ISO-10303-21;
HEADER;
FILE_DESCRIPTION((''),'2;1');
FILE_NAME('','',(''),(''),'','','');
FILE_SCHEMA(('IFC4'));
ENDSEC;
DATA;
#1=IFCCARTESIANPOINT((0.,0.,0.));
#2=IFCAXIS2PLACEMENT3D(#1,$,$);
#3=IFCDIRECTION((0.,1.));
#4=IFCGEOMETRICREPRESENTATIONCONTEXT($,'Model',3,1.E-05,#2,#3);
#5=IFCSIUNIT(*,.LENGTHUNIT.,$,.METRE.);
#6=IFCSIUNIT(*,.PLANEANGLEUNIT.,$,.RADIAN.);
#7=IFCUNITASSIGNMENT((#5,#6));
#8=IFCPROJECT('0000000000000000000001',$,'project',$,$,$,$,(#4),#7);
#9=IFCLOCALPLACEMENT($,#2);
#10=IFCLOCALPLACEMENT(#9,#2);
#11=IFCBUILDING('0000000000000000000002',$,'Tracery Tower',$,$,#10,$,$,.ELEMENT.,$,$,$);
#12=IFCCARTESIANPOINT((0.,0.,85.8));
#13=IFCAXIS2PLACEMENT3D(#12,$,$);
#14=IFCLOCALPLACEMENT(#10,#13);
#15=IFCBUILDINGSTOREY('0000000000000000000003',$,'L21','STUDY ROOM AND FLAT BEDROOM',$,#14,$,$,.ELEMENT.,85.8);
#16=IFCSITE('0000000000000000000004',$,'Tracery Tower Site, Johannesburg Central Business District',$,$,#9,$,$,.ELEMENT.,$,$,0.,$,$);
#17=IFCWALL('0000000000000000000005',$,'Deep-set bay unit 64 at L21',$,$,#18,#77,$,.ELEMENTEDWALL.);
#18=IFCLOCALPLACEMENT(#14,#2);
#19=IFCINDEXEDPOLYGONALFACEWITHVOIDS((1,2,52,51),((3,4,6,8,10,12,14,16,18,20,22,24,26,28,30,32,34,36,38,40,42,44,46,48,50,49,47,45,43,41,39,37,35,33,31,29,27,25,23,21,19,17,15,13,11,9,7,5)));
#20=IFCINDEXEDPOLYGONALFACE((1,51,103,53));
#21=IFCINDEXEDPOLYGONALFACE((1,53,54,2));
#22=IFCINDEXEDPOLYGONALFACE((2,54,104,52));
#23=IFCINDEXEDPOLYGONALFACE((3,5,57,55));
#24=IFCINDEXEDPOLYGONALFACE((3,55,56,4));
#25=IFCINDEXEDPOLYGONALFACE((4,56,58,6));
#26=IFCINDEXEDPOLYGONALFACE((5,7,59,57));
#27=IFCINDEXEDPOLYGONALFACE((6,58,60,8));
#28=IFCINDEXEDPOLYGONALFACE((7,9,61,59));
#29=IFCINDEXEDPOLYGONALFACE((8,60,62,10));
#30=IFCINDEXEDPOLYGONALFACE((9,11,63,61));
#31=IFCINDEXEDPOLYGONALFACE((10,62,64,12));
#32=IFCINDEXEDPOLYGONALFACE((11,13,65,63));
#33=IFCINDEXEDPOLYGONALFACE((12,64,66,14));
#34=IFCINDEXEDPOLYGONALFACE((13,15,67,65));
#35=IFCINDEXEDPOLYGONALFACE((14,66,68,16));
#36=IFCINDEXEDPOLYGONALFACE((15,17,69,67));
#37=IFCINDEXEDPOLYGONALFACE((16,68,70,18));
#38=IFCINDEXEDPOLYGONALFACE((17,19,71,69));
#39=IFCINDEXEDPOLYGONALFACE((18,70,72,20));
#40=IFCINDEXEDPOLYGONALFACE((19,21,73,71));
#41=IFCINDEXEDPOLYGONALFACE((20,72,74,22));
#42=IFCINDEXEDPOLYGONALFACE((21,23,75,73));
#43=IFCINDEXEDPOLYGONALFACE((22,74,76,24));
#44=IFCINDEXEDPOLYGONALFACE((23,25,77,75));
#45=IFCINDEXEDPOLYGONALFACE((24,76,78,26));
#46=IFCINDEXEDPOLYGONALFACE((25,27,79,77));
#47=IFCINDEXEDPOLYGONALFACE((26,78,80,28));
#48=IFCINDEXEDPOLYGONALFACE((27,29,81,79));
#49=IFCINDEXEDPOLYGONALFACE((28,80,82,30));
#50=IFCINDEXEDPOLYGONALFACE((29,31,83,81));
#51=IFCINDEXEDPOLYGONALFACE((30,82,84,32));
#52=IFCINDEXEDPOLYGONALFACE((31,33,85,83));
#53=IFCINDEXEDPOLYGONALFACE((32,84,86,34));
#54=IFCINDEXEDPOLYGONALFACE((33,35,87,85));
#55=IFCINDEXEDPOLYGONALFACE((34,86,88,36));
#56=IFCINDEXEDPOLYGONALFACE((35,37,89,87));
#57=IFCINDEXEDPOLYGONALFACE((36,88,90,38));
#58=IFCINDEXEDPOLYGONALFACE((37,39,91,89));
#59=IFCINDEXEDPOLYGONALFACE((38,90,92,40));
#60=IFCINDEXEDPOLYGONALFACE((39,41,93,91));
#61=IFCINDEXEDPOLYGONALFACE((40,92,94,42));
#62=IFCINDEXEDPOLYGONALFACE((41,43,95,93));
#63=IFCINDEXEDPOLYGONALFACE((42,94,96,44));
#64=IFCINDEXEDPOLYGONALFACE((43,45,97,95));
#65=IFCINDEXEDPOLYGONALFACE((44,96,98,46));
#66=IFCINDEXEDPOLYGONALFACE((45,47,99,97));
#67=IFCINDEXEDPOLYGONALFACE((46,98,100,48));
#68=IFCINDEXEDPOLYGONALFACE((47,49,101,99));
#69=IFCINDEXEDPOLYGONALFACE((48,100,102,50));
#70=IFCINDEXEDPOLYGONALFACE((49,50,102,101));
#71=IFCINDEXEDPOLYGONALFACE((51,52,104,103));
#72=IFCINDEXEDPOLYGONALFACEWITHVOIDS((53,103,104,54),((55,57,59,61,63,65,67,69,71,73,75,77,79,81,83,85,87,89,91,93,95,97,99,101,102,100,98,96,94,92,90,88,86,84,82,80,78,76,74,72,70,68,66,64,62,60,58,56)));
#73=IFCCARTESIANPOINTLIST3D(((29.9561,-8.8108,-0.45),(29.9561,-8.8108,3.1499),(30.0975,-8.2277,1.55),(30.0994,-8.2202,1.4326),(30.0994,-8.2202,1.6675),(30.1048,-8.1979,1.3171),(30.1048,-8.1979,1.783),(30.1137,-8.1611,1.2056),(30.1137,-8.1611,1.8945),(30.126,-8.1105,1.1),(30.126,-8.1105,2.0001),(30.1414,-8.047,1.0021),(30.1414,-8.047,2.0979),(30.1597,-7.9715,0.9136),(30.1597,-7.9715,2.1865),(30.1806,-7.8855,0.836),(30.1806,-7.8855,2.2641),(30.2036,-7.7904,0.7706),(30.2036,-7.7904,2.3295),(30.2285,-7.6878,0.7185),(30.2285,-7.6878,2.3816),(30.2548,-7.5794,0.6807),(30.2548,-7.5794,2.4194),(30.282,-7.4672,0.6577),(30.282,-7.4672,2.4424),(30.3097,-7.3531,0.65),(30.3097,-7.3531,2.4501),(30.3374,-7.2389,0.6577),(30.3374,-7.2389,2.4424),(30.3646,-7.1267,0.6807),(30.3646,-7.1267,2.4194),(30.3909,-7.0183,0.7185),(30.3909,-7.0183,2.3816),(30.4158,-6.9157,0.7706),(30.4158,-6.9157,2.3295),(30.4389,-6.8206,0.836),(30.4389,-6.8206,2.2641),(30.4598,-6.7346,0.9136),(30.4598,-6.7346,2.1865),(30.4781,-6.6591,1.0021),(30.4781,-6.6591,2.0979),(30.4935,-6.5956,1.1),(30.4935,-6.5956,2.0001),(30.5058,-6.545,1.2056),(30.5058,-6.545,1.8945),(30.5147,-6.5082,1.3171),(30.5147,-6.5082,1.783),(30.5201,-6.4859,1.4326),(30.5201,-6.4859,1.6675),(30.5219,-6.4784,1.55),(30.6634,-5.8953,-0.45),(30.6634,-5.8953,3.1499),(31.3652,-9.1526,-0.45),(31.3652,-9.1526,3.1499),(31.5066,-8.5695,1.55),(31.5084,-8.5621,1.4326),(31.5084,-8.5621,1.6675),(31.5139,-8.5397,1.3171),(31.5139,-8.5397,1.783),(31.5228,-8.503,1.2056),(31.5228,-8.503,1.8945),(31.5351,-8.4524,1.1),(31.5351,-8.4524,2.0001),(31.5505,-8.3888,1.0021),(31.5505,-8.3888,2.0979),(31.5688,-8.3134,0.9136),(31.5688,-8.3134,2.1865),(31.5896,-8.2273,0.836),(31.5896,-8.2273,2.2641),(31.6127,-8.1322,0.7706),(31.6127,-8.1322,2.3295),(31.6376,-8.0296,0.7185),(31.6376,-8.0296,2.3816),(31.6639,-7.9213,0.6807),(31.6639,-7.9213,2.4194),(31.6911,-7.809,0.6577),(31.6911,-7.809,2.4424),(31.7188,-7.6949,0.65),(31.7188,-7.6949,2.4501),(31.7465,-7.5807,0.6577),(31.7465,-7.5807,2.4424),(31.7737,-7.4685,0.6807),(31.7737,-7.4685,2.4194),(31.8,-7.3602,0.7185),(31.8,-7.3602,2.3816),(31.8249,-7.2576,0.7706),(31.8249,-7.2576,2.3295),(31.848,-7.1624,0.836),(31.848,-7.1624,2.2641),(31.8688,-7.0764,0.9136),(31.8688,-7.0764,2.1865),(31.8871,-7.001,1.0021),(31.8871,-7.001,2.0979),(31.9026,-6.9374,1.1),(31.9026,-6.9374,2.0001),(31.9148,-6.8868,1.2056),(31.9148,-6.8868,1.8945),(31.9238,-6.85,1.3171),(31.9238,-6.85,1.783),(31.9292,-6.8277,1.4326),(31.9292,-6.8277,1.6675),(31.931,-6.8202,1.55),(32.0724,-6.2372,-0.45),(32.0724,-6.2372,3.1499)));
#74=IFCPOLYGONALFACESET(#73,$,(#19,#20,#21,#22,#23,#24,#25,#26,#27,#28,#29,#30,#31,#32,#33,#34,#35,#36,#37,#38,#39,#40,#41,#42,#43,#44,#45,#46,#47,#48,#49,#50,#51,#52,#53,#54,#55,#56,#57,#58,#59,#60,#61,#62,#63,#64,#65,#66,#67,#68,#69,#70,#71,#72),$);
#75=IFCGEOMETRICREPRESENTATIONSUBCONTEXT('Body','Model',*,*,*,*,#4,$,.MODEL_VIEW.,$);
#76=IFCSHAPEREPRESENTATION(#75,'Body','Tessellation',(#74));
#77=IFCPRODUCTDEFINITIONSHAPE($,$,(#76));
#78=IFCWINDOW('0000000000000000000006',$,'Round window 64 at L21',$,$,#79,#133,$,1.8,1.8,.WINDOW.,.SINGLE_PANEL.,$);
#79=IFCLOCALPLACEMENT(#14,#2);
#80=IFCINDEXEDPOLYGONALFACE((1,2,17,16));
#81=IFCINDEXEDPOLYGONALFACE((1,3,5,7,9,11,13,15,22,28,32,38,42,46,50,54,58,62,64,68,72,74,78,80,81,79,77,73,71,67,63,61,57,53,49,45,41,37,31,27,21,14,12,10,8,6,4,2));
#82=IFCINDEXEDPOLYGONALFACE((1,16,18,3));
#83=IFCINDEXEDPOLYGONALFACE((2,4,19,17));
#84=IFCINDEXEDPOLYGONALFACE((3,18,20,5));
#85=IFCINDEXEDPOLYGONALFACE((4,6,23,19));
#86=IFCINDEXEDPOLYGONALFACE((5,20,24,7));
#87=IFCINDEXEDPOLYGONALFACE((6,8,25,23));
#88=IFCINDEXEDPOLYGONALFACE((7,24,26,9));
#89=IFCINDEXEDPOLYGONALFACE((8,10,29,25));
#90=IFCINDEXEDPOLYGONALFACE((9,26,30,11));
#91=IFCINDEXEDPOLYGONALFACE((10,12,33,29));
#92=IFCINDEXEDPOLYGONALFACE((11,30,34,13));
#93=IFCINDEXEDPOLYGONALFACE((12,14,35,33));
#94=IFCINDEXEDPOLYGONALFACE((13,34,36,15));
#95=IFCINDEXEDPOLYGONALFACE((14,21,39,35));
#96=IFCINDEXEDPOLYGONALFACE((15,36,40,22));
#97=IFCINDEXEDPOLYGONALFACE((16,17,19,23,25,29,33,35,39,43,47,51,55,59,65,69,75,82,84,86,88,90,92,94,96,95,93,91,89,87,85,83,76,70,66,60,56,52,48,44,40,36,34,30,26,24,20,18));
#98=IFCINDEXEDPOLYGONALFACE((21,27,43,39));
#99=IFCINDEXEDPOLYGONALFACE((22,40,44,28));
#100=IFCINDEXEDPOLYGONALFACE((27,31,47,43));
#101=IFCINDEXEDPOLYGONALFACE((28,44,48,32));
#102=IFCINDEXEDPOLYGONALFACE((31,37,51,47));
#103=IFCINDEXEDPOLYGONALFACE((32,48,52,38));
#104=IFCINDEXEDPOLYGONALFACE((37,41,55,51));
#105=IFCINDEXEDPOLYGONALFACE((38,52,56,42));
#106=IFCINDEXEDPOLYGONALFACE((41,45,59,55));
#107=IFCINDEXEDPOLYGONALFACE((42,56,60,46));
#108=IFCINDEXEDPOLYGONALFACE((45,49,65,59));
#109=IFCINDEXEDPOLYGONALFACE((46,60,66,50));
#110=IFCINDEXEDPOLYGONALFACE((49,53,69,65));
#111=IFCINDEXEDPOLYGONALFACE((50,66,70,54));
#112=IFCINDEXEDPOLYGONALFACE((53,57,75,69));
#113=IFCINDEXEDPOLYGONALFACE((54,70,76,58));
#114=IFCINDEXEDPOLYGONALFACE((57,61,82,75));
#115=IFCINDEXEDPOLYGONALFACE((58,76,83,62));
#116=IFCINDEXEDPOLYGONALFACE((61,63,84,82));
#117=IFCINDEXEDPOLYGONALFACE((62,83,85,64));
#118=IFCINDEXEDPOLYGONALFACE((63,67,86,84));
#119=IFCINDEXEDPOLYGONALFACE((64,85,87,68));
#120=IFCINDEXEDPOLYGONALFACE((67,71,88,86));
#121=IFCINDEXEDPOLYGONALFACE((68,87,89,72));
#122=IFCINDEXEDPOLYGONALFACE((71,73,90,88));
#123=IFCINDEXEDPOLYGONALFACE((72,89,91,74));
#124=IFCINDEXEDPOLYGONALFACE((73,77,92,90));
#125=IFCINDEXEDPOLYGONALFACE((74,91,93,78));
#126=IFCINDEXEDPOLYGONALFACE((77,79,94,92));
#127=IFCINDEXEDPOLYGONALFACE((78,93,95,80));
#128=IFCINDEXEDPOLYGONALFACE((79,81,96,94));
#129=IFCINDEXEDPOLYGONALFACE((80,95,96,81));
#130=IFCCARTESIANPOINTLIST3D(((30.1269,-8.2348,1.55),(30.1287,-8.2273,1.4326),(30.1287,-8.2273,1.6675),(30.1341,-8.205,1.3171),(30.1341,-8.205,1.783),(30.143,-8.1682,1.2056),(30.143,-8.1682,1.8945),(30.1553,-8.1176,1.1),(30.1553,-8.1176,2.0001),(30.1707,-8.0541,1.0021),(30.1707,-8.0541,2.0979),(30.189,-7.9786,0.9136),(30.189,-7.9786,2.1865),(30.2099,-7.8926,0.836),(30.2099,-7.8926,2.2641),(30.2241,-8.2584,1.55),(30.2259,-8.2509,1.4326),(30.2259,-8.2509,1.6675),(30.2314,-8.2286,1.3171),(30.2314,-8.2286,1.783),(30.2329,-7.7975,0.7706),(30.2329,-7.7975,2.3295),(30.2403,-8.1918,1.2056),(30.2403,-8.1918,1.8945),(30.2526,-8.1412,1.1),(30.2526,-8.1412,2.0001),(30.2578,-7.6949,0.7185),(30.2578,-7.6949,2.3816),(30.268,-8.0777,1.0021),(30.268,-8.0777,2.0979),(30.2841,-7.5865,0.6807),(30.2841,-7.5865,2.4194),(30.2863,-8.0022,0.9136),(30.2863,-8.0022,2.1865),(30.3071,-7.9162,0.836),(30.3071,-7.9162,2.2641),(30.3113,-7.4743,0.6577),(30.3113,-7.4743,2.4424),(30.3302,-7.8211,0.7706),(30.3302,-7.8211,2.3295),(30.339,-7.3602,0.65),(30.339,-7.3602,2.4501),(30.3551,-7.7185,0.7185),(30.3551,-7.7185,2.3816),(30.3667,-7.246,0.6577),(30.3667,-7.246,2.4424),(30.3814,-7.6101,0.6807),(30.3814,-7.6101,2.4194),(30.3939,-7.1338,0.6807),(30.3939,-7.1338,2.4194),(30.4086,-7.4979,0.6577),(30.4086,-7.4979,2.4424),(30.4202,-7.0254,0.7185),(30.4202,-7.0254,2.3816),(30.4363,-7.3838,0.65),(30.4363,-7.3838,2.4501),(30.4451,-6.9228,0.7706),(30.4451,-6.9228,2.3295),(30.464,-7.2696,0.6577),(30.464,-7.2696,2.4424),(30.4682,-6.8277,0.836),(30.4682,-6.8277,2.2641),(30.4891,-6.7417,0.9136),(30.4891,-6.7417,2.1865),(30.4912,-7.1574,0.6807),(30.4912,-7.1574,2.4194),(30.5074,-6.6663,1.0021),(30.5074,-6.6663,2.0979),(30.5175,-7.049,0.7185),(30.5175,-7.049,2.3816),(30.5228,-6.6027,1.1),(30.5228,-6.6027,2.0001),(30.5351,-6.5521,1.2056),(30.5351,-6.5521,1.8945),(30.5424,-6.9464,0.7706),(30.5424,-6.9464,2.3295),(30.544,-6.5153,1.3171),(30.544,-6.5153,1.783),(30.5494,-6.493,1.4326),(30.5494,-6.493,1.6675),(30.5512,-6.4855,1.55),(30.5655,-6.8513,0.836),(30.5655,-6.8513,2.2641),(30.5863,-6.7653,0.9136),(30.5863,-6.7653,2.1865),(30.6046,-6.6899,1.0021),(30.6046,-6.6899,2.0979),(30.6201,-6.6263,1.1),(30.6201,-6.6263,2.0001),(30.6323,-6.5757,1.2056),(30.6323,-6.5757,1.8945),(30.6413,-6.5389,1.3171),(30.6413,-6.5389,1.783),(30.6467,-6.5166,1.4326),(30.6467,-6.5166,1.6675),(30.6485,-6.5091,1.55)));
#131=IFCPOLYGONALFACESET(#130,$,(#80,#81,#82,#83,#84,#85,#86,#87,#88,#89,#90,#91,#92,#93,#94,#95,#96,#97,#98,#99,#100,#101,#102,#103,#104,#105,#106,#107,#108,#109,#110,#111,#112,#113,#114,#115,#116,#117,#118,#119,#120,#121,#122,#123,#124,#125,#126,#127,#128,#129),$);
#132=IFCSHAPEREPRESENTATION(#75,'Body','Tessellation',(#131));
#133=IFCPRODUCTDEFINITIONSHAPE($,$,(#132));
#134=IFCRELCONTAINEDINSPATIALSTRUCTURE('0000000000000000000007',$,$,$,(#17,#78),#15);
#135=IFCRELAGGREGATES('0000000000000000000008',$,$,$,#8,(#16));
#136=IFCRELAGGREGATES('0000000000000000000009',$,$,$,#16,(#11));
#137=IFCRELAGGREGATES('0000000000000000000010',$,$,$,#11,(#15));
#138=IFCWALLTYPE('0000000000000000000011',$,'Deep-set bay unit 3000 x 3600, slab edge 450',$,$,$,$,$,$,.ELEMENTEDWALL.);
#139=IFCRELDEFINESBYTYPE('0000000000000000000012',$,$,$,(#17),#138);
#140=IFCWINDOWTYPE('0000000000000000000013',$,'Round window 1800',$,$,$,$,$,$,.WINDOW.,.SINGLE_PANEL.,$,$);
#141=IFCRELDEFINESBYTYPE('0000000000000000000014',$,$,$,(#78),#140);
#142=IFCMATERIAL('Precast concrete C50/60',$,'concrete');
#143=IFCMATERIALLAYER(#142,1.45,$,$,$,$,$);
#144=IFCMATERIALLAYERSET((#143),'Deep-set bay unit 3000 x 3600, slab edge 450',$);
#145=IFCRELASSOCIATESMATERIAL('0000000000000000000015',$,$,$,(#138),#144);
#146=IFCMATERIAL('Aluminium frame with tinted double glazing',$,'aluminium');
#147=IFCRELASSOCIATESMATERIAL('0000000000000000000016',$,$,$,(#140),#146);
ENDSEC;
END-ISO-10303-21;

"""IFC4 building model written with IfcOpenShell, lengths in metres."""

from ifc_helpers import new_model, si_unit, direction, frame, frame_2d, origin, origin_2d, place, context, subcontext, project, spatial, rectangle, circle, extrude, material, layer, layer_set, type_object, element, fill, save


model = new_model("IFC4")

# Units and contexts
model_context = context("Model", 3, precision=1e-05, world=origin(), true_north=direction((0.0, 1.0)))
body_context = subcontext(model_context, "Body", "Model", "MODEL_VIEW")
ifc_project = project(units=[si_unit("LENGTHUNIT", "METRE"), si_unit("PLANEANGLEUNIT", "RADIAN")], contexts=[model_context])

# Site, building, storey
site_placement = place(None, origin())
site = spatial("IfcSite", under=ifc_project, at=site_placement, Name="Tracery Tower Site, Johannesburg Central Business District", CompositionType="ELEMENT", RefElevation=0.0)
building_placement = place(site_placement, origin())
building = spatial("IfcBuilding", under=site, at=building_placement, Name="Tracery Tower", CompositionType="ELEMENT")
storey_placement = place(building_placement, frame((0.0, 0.0, 85.8)))
storey = spatial("IfcBuildingStorey", under=building, at=storey_placement, Name="L21", Description="STUDY ROOM AND FLAT BEDROOM", CompositionType="ELEMENT", Elevation=85.8)

# Wall, opening, window
ifc_material_1 = material(Name="Precast concrete C50/60", Category="concrete")
ifc_layer_1 = layer(ifc_material_1, 1.45)
ifc_layer_set_1 = layer_set([ifc_layer_1], Name="Deep-set bay unit 3000 x 3600, slab edge 450")
wall_type_1 = type_object("IfcWallType", Name="Deep-set bay unit 3000 x 3600, slab edge 450", PredefinedType="ELEMENTEDWALL", material=ifc_layer_set_1)
wall_1_placement = place(storey_placement, frame((30.6606, -8.9817, -0.45), z_axis=(0.0, 0.0, 1.0), x_axis=(0.235751, 0.971813, 0.0)))
wall_1 = element("IfcWall", 1, at=wall_1_placement, inside=storey, type_object=wall_type_1, Name="Deep-set bay unit 64 at L21", PredefinedType="ELEMENTEDWALL", context=body_context, shape_type="SweptSolid", body=[
    extrude(rectangle(XDim=3.0, YDim=1.45, at=frame_2d((1.5, 0.0))), origin(), (0.0, 0.0, 1.0), 3.5999),
])
opening_1_placement = place(wall_1_placement, frame((1.5, 0.0, 2.0)))
opening_1 = element("IfcOpeningElement", 2, at=opening_1_placement, cuts=wall_1, PredefinedType="OPENING", context=body_context, shape_type="SweptSolid", body=[
    extrude(circle(Radius=0.9, at=origin_2d()), frame((0.0, 0.7349, 0.0), z_axis=(0.0, -1.0, 0.0), x_axis=(1.0, 0.0, 0.0)), (0.0, 0.0, 1.0), 1.47),
])
ifc_material_2 = material(Name="Aluminium frame with tinted double glazing", Category="aluminium")
window_type = type_object("IfcWindowType", Name="Round window 1800", PartitioningType="SINGLE_PANEL", PredefinedType="WINDOW", material=ifc_material_2)
window_1_placement = place(opening_1_placement, origin())
window_1 = element("IfcWindow", 3, at=window_1_placement, inside=storey, type_object=window_type, Name="Round window 64 at L21", OverallHeight=1.8, OverallWidth=1.8, PartitioningType="SINGLE_PANEL", PredefinedType="WINDOW", context=body_context, shape_type="SweptSolid", body=[
    extrude(circle(Radius=0.9, at=origin_2d()), frame((0.0, 0.6948, 0.0), z_axis=(0.0, -1.0, 0.0), x_axis=(1.0, 0.0, 0.0)), (0.0, 0.0, 1.0), 0.1001),
])
fill(opening_1, window_1)

save(model, "model.ifc")
